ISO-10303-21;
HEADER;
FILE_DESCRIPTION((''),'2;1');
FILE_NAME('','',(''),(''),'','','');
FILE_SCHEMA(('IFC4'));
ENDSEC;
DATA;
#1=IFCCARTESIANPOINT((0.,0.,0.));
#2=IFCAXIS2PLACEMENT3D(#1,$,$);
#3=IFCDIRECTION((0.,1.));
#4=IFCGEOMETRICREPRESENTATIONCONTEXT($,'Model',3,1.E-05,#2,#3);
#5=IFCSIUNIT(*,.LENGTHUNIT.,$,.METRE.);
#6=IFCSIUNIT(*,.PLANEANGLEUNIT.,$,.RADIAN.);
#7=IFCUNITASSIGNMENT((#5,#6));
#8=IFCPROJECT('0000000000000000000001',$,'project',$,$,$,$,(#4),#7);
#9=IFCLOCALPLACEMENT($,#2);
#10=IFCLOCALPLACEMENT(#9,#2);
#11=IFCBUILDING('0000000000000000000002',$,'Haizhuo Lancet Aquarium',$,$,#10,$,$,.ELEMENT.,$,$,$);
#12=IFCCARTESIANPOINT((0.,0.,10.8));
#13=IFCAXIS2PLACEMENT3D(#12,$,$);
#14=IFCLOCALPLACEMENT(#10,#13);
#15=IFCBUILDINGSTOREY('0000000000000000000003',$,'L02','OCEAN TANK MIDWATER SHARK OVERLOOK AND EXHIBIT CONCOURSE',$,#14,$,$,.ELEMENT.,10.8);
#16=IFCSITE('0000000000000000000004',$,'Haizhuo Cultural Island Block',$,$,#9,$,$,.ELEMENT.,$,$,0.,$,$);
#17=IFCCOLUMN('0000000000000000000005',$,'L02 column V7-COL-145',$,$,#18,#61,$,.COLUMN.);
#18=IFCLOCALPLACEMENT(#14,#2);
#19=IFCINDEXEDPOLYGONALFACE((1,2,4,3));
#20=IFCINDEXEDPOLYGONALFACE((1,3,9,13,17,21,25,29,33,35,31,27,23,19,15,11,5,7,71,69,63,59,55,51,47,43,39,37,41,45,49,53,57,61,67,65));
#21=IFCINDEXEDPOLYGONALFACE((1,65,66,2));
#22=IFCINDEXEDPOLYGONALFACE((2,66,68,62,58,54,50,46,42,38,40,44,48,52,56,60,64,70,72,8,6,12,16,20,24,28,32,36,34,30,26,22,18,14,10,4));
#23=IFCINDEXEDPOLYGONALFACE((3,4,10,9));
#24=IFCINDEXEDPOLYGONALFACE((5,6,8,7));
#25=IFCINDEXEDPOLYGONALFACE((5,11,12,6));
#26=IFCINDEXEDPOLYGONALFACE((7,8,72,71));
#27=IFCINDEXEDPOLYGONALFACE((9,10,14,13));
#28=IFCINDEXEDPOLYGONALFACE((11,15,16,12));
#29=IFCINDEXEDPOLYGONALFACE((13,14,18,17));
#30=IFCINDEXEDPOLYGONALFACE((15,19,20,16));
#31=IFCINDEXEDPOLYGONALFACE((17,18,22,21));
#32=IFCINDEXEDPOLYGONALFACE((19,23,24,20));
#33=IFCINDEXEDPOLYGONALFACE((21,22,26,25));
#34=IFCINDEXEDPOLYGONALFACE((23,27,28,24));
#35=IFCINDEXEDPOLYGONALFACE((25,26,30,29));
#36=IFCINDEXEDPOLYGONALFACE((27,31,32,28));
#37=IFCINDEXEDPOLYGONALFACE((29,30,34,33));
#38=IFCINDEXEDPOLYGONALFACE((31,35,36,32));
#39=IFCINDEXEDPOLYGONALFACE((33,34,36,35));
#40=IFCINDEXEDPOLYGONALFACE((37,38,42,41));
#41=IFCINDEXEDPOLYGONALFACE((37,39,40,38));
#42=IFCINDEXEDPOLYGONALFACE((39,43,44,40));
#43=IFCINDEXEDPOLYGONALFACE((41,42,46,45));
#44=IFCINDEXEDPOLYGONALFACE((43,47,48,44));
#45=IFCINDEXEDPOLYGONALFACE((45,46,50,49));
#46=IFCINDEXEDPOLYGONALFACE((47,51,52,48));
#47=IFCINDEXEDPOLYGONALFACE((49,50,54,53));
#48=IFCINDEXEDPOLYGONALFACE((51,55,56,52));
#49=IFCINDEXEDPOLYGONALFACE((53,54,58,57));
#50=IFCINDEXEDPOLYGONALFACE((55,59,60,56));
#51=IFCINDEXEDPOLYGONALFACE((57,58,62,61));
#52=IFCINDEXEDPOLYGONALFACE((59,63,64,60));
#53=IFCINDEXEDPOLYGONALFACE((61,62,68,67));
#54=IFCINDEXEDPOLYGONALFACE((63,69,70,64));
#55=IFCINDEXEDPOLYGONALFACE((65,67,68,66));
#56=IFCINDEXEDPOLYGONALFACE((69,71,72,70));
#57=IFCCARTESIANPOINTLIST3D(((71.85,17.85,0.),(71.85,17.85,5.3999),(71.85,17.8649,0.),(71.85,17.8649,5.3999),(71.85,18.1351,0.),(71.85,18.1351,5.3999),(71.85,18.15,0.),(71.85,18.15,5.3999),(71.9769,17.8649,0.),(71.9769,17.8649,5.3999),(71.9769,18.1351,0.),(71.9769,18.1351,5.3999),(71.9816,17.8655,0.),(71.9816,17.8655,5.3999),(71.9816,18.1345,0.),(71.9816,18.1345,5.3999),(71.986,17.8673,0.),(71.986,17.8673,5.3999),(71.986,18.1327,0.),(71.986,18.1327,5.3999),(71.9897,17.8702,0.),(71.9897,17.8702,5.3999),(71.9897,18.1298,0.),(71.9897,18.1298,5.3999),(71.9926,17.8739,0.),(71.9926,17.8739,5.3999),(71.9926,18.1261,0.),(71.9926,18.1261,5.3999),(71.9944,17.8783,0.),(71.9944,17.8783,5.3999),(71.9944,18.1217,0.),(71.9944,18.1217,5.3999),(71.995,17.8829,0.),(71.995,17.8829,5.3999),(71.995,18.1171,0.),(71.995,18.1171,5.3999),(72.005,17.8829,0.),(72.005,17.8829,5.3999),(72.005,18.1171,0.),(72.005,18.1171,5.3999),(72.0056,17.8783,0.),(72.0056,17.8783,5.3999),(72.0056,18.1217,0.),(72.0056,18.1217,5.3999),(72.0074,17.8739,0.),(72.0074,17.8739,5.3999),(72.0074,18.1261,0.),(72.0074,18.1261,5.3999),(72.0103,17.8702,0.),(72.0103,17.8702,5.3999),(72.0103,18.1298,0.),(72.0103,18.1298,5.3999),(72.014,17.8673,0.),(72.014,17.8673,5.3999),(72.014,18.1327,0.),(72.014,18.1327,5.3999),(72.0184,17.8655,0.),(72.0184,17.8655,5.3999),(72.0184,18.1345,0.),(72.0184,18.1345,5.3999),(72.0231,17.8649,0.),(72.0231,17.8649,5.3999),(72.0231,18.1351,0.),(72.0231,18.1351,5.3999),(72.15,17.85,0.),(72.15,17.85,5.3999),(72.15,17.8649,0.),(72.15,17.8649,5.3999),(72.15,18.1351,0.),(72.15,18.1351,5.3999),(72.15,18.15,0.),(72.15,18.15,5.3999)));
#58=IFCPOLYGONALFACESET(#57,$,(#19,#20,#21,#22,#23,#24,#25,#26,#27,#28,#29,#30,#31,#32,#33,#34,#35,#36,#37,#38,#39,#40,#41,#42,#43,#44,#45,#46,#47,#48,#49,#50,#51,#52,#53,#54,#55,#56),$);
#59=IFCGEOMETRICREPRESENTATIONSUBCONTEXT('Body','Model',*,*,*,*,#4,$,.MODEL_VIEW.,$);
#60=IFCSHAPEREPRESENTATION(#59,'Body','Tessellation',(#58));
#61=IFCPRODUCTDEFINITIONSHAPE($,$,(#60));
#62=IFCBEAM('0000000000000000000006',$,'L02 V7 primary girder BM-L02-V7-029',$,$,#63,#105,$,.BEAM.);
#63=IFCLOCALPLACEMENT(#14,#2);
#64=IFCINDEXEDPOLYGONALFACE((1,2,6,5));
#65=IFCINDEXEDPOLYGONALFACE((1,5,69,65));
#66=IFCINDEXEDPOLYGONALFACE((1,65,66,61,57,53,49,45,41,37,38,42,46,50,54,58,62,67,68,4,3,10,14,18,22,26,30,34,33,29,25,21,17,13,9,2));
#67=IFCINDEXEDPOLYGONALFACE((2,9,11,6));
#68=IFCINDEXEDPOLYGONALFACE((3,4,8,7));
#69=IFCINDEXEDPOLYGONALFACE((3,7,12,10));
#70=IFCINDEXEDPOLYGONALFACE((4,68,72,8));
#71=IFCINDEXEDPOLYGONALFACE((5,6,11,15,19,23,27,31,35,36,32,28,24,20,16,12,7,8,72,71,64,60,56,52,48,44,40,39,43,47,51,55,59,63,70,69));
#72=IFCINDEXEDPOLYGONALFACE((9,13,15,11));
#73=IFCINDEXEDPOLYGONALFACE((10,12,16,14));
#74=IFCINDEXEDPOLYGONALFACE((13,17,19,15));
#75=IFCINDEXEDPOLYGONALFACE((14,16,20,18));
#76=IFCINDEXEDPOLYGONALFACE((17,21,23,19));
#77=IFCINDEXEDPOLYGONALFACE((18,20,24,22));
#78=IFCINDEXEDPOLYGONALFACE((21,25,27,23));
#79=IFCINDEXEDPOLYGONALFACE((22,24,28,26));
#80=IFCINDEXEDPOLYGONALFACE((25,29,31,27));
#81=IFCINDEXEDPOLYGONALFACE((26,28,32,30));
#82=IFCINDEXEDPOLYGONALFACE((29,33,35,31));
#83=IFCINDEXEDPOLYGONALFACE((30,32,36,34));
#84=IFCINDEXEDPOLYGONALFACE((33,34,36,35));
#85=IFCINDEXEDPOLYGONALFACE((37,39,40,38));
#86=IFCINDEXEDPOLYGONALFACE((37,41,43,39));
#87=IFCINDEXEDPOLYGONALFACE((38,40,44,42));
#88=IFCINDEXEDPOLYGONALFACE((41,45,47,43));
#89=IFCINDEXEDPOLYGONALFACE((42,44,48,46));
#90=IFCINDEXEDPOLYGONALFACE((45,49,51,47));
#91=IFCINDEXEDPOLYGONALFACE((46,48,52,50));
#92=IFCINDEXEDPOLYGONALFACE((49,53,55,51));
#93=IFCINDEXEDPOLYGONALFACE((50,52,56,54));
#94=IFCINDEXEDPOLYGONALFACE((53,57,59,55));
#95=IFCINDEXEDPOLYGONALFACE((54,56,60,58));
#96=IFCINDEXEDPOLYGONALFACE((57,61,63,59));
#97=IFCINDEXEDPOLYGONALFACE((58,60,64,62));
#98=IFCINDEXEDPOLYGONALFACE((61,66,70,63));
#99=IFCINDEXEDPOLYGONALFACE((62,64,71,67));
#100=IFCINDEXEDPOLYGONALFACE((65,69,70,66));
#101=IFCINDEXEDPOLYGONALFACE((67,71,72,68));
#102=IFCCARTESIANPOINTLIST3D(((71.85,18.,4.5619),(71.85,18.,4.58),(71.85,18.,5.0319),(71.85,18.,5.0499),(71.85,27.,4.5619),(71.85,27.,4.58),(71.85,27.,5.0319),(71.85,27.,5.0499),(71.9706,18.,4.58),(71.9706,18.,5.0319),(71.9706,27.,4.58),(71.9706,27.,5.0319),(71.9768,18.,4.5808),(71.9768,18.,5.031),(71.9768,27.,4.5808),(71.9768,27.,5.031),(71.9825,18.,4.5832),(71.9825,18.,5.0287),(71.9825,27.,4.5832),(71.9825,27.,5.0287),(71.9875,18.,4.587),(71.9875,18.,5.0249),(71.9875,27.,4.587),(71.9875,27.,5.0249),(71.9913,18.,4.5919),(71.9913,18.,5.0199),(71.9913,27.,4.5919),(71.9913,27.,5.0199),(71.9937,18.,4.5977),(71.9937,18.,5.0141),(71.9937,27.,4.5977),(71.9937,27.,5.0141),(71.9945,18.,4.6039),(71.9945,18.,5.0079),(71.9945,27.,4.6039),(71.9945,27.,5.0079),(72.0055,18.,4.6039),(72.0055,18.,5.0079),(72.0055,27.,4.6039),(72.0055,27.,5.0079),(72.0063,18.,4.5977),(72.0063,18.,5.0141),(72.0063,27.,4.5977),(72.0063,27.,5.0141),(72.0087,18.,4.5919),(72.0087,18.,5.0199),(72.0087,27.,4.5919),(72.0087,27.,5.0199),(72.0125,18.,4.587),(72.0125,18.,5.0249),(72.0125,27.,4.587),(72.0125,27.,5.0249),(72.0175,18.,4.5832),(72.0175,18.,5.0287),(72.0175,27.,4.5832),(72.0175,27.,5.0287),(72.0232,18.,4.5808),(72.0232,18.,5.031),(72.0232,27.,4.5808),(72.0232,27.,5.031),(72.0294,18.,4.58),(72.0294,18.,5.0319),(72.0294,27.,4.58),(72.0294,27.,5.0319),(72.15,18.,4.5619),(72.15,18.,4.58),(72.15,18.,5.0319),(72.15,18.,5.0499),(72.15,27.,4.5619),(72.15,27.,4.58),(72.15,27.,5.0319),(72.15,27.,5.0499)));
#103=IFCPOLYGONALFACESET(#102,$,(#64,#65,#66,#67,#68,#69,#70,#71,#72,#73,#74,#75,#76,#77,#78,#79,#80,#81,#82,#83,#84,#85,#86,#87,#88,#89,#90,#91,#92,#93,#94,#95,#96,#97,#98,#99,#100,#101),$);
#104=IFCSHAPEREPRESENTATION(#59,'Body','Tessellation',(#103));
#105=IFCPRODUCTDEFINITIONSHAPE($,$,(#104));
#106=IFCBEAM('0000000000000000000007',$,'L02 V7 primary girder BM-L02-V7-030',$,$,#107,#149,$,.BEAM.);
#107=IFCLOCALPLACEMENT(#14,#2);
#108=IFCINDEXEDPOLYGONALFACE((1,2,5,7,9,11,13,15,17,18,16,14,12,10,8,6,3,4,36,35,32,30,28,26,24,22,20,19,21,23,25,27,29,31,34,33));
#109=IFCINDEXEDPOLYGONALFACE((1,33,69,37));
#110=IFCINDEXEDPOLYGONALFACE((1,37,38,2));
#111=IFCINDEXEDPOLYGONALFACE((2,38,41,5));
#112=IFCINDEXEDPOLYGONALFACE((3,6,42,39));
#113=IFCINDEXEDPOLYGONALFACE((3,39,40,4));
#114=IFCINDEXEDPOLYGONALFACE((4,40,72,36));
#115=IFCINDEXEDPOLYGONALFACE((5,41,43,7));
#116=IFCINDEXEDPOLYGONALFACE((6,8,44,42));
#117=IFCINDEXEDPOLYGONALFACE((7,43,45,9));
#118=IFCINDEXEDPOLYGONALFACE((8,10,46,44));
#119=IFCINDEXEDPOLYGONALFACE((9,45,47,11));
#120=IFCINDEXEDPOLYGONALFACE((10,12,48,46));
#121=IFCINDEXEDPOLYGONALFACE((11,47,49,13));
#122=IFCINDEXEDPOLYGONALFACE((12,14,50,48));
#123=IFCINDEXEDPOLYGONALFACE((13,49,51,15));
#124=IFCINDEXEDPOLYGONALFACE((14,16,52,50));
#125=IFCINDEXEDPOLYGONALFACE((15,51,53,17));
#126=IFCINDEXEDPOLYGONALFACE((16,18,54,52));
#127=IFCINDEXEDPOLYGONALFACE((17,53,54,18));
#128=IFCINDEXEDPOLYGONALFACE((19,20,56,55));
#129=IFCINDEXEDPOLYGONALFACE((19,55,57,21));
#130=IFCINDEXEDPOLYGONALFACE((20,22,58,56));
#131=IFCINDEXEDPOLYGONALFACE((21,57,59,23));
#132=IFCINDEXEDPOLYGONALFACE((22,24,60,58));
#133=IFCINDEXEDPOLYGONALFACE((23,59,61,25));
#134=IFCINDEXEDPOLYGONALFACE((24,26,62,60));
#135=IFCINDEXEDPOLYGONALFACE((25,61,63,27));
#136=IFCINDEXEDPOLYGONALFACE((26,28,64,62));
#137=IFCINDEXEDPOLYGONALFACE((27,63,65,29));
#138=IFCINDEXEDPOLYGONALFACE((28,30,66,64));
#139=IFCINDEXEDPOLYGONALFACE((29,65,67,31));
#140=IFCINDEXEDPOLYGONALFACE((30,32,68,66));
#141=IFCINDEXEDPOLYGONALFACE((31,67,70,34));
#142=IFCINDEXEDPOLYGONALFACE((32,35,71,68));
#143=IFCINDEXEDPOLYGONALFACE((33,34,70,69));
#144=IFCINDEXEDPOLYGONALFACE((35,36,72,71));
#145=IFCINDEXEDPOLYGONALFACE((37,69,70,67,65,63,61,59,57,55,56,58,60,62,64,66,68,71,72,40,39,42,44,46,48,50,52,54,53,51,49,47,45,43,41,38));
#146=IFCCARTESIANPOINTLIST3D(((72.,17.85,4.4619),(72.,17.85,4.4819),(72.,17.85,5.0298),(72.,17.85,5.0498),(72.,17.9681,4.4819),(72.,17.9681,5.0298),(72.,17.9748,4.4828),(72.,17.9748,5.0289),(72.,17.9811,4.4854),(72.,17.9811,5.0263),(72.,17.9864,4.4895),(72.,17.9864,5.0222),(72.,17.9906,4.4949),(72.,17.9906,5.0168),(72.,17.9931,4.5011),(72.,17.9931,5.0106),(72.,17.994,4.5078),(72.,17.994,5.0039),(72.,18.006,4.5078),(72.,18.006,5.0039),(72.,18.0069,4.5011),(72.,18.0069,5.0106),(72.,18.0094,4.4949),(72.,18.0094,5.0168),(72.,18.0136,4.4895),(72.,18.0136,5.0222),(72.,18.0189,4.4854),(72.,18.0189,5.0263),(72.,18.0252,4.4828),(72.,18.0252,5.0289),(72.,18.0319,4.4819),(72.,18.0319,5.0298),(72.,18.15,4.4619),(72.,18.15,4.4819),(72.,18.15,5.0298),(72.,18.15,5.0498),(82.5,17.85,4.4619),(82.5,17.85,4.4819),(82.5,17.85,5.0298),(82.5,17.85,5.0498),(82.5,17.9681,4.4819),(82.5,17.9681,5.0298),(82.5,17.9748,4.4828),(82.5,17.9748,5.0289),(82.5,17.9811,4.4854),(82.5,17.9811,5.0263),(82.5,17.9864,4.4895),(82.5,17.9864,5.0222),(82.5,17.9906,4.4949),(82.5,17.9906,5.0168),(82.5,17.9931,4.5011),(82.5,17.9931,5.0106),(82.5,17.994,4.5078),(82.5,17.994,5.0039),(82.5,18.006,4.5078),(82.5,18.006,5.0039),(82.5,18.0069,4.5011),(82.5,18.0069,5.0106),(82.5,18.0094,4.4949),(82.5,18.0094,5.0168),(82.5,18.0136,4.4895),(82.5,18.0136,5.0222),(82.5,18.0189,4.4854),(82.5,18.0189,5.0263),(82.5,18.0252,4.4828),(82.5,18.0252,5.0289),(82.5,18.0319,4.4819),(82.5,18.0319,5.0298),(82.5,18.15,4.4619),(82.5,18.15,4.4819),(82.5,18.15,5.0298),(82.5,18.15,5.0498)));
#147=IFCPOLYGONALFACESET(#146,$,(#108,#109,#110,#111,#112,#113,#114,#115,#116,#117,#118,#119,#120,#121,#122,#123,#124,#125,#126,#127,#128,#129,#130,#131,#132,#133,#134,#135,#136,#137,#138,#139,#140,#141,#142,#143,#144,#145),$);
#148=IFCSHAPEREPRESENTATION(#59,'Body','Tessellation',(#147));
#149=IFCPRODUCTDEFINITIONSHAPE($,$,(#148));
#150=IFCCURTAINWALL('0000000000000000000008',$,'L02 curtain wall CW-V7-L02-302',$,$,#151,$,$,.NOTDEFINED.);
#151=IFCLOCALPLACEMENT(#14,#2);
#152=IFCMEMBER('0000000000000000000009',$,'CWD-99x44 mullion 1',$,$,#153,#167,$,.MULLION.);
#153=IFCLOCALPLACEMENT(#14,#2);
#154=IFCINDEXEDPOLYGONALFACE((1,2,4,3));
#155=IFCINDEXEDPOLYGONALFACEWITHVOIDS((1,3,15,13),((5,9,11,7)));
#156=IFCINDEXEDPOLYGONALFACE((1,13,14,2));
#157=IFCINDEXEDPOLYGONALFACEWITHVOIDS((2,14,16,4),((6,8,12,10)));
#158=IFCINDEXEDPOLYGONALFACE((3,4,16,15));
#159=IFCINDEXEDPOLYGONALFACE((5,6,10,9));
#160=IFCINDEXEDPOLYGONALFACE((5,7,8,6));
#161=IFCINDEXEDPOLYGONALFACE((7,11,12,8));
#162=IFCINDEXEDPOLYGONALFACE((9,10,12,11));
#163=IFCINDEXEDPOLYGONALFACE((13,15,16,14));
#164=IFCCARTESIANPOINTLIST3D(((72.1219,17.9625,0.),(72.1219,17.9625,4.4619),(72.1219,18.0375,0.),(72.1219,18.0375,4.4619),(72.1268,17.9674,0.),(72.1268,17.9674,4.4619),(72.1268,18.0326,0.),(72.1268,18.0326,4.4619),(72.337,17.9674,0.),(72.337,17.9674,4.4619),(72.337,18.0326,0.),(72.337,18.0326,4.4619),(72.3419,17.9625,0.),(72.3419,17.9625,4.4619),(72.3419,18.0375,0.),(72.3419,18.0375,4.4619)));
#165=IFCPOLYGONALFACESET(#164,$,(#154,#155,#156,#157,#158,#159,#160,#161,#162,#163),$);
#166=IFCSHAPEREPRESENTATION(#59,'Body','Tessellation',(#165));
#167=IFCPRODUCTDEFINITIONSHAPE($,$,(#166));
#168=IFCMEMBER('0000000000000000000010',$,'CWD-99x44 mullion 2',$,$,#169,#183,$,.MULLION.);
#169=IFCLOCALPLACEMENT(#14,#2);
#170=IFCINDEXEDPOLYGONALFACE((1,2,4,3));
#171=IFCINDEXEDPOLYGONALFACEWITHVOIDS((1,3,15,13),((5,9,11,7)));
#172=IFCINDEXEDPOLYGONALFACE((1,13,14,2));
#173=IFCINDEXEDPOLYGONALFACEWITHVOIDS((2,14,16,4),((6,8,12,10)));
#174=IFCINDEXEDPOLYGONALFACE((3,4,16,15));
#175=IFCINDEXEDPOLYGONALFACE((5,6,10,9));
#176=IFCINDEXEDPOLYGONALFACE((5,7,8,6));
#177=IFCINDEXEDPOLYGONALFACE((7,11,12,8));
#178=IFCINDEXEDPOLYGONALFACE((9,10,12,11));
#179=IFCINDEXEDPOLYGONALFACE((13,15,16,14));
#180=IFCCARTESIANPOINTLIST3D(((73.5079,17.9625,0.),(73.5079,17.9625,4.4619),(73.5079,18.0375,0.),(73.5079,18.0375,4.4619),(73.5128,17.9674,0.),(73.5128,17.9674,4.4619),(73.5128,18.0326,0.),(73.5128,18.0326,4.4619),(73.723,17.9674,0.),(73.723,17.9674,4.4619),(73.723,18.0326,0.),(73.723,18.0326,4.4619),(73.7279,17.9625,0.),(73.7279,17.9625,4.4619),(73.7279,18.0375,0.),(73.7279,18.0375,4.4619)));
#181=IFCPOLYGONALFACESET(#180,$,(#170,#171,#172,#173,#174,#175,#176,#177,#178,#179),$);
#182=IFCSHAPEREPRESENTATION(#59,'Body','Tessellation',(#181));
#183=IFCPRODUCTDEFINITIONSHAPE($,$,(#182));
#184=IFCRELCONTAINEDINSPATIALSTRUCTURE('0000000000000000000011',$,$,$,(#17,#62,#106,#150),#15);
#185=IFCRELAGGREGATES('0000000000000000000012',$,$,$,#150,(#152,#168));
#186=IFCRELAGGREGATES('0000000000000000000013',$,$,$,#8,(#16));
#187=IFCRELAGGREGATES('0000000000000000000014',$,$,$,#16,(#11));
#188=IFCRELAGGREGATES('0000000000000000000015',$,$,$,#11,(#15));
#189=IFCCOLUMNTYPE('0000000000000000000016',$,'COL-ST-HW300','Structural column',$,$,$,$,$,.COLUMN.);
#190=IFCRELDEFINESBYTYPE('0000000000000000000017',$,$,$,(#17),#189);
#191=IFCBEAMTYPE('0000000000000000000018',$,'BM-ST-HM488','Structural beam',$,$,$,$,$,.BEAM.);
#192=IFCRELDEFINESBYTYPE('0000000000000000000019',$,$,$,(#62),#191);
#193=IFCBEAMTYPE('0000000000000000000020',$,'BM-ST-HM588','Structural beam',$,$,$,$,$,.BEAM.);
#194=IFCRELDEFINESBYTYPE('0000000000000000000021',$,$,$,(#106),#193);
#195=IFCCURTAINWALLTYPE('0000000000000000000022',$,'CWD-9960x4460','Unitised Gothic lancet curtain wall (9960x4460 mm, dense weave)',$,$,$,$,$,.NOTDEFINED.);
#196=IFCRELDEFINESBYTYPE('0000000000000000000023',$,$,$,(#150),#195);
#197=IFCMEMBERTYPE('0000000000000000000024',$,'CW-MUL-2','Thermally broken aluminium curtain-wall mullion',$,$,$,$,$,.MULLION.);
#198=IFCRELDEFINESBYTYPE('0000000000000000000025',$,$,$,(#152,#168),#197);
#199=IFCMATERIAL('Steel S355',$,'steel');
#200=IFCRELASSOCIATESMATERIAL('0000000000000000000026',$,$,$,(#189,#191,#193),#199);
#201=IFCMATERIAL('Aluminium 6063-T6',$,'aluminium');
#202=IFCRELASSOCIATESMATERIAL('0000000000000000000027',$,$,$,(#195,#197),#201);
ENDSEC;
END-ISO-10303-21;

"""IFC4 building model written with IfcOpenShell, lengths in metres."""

from ifc_helpers import new_model, si_unit, direction, frame, origin, origin_2d, place, context, subcontext, project, spatial, hollow_rectangle, i_section, extrude, material, material_profile, profile_set, type_object, element, aggregate, save


model = new_model("IFC4")

# Units and contexts
model_context = context("Model", 3, precision=1e-05, world=origin(), true_north=direction((0.0, 1.0)))
body_context = subcontext(model_context, "Body", "Model", "MODEL_VIEW")
ifc_project = project(units=[si_unit("LENGTHUNIT", "METRE"), si_unit("PLANEANGLEUNIT", "RADIAN")], contexts=[model_context])

# Site, building, storey
site_placement = place(None, origin())
site = spatial("IfcSite", under=ifc_project, at=site_placement, Name="Haizhuo Cultural Island Block", CompositionType="ELEMENT", RefElevation=0.0)
building_placement = place(site_placement, origin())
building = spatial("IfcBuilding", under=site, at=building_placement, Name="Haizhuo Lancet Aquarium", CompositionType="ELEMENT")
storey_placement = place(building_placement, frame((0.0, 0.0, 10.8)))
storey = spatial("IfcBuildingStorey", under=building, at=storey_placement, Name="L02", Description="OCEAN TANK MIDWATER SHARK OVERLOOK AND EXHIBIT CONCOURSE", CompositionType="ELEMENT", Elevation=10.8)

# Column
ifc_material_1 = material(Name="Steel S355", Category="steel")
ifc_material_profile_1 = material_profile(ifc_material_1, i_section(OverallWidth=0.3, OverallDepth=0.3, WebThickness=0.01, FlangeThickness=0.0149, FilletRadius=0.0181, at=origin_2d()), Name="HW 300x300x10x15")
ifc_profile_set_1 = profile_set([ifc_material_profile_1], Name="Steel S355")
column_type = type_object("IfcColumnType", Name="COL-ST-HW300", Description="Structural column", PredefinedType="COLUMN", material=ifc_profile_set_1)
column_placement = place(storey_placement, frame((72.0, 18.0, 0.0), z_axis=(0.0, 0.0, 1.0), x_axis=(1.0, 0.0, 0.0)))
element("IfcColumn", 1, at=column_placement, inside=storey, type_object=column_type, Name="L02 column V7-COL-145", PredefinedType="COLUMN", context=body_context, shape_type="SweptSolid", body=[
    extrude(i_section(OverallWidth=0.3, OverallDepth=0.3, WebThickness=0.01, FlangeThickness=0.0149, FilletRadius=0.0181, at=origin_2d()), origin(), (0.0, 0.0, 1.0), 5.3999),
])

# Beams
ifc_material_profile_2 = material_profile(ifc_material_1, i_section(OverallWidth=0.3, OverallDepth=0.488, WebThickness=0.011, FlangeThickness=0.0181, FilletRadius=0.0239, at=origin_2d()), Name="HM 488x300x11x18")
ifc_profile_set_2 = profile_set([ifc_material_profile_2], Name="Steel S355")
beam_type_1 = type_object("IfcBeamType", Name="BM-ST-HM488", Description="Structural beam", PredefinedType="BEAM", material=ifc_profile_set_2)
beam_1_placement = place(storey_placement, frame((72.0, 18.0, 4.8059), z_axis=(0.0, 1.0, 0.0), x_axis=(-1.0, 0.0, 0.0)))
element("IfcBeam", 2, at=beam_1_placement, inside=storey, type_object=beam_type_1, Name="L02 V7 primary girder BM-L02-V7-029", PredefinedType="BEAM", context=body_context, shape_type="SweptSolid", body=[
    extrude(i_section(OverallWidth=0.3, OverallDepth=0.488, WebThickness=0.011, FlangeThickness=0.0181, FilletRadius=0.0239, at=origin_2d()), origin(), (0.0, 0.0, 1.0), 9.0),
])
ifc_material_profile_3 = material_profile(ifc_material_1, i_section(OverallWidth=0.3, OverallDepth=0.5879, WebThickness=0.012, FlangeThickness=0.02, FilletRadius=0.0259, at=origin_2d()), Name="HM 588x300x12x20")
ifc_profile_set_3 = profile_set([ifc_material_profile_3], Name="Steel S355")
beam_type_2 = type_object("IfcBeamType", Name="BM-ST-HM588", Description="Structural beam", PredefinedType="BEAM", material=ifc_profile_set_3)
beam_2_placement = place(storey_placement, frame((72.0, 18.0, 4.7559), z_axis=(1.0, 0.0, 0.0), x_axis=(0.0, 1.0, 0.0)))
element("IfcBeam", 3, at=beam_2_placement, inside=storey, type_object=beam_type_2, Name="L02 V7 primary girder BM-L02-V7-030", PredefinedType="BEAM", context=body_context, shape_type="SweptSolid", body=[
    extrude(i_section(OverallWidth=0.3, OverallDepth=0.5879, WebThickness=0.012, FlangeThickness=0.02, FilletRadius=0.0259, at=origin_2d()), origin(), (0.0, 0.0, 1.0), 10.5),
])

# Curtain wall, members
ifc_material_2 = material(Name="Aluminium 6063-T6", Category="aluminium")
curtain_wall_type_1 = type_object("IfcCurtainWallType", Name="CWD-9960x4460", Description="Unitised Gothic lancet curtain wall (9960x4460 mm, dense weave)", PredefinedType="NOTDEFINED", material=ifc_material_2)
curtain_wall_1_placement = place(storey_placement, origin())
curtain_wall_1 = element("IfcCurtainWall", 4, at=curtain_wall_1_placement, inside=storey, type_object=curtain_wall_type_1, Name="L02 curtain wall CW-V7-L02-302", PredefinedType="NOTDEFINED")
ifc_material_profile_4 = material_profile(ifc_material_2, hollow_rectangle(XDim=0.075, YDim=0.22, WallThickness=0.0049, at=origin_2d()), Name="ALU-M 75x220x5")
ifc_profile_set_4 = profile_set([ifc_material_profile_4], Name="Aluminium 6063-T6")
member_type_1 = type_object("IfcMemberType", Name="CW-MUL-2", Description="Thermally broken aluminium curtain-wall mullion", PredefinedType="MULLION", material=ifc_profile_set_4)
member_1_placement = place(storey_placement, frame((72.2319, 18.0, 0.0), z_axis=(0.0, 0.0, 1.0), x_axis=(0.0, 1.0, 0.0)))
member_1 = element("IfcMember", 5, at=member_1_placement, type_object=member_type_1, Name="CWD-99x44 mullion 1", PredefinedType="MULLION", context=body_context, shape_type="SweptSolid", body=[
    extrude(hollow_rectangle(XDim=0.075, YDim=0.22, WallThickness=0.0049, at=origin_2d()), origin(), (0.0, 0.0, 1.0), 4.4619),
])
member_2_placement = place(storey_placement, frame((73.6179, 18.0, 0.0), z_axis=(0.0, 0.0, 1.0), x_axis=(0.0, 1.0, 0.0)))
member_2 = element("IfcMember", 6, at=member_2_placement, type_object=member_type_1, Name="CWD-99x44 mullion 2", PredefinedType="MULLION", context=body_context, shape_type="SweptSolid", body=[
    extrude(hollow_rectangle(XDim=0.075, YDim=0.22, WallThickness=0.0049, at=origin_2d()), origin(), (0.0, 0.0, 1.0), 4.4619),
])

aggregate(curtain_wall_1, [member_1, member_2])

save(model, "model.ifc")
